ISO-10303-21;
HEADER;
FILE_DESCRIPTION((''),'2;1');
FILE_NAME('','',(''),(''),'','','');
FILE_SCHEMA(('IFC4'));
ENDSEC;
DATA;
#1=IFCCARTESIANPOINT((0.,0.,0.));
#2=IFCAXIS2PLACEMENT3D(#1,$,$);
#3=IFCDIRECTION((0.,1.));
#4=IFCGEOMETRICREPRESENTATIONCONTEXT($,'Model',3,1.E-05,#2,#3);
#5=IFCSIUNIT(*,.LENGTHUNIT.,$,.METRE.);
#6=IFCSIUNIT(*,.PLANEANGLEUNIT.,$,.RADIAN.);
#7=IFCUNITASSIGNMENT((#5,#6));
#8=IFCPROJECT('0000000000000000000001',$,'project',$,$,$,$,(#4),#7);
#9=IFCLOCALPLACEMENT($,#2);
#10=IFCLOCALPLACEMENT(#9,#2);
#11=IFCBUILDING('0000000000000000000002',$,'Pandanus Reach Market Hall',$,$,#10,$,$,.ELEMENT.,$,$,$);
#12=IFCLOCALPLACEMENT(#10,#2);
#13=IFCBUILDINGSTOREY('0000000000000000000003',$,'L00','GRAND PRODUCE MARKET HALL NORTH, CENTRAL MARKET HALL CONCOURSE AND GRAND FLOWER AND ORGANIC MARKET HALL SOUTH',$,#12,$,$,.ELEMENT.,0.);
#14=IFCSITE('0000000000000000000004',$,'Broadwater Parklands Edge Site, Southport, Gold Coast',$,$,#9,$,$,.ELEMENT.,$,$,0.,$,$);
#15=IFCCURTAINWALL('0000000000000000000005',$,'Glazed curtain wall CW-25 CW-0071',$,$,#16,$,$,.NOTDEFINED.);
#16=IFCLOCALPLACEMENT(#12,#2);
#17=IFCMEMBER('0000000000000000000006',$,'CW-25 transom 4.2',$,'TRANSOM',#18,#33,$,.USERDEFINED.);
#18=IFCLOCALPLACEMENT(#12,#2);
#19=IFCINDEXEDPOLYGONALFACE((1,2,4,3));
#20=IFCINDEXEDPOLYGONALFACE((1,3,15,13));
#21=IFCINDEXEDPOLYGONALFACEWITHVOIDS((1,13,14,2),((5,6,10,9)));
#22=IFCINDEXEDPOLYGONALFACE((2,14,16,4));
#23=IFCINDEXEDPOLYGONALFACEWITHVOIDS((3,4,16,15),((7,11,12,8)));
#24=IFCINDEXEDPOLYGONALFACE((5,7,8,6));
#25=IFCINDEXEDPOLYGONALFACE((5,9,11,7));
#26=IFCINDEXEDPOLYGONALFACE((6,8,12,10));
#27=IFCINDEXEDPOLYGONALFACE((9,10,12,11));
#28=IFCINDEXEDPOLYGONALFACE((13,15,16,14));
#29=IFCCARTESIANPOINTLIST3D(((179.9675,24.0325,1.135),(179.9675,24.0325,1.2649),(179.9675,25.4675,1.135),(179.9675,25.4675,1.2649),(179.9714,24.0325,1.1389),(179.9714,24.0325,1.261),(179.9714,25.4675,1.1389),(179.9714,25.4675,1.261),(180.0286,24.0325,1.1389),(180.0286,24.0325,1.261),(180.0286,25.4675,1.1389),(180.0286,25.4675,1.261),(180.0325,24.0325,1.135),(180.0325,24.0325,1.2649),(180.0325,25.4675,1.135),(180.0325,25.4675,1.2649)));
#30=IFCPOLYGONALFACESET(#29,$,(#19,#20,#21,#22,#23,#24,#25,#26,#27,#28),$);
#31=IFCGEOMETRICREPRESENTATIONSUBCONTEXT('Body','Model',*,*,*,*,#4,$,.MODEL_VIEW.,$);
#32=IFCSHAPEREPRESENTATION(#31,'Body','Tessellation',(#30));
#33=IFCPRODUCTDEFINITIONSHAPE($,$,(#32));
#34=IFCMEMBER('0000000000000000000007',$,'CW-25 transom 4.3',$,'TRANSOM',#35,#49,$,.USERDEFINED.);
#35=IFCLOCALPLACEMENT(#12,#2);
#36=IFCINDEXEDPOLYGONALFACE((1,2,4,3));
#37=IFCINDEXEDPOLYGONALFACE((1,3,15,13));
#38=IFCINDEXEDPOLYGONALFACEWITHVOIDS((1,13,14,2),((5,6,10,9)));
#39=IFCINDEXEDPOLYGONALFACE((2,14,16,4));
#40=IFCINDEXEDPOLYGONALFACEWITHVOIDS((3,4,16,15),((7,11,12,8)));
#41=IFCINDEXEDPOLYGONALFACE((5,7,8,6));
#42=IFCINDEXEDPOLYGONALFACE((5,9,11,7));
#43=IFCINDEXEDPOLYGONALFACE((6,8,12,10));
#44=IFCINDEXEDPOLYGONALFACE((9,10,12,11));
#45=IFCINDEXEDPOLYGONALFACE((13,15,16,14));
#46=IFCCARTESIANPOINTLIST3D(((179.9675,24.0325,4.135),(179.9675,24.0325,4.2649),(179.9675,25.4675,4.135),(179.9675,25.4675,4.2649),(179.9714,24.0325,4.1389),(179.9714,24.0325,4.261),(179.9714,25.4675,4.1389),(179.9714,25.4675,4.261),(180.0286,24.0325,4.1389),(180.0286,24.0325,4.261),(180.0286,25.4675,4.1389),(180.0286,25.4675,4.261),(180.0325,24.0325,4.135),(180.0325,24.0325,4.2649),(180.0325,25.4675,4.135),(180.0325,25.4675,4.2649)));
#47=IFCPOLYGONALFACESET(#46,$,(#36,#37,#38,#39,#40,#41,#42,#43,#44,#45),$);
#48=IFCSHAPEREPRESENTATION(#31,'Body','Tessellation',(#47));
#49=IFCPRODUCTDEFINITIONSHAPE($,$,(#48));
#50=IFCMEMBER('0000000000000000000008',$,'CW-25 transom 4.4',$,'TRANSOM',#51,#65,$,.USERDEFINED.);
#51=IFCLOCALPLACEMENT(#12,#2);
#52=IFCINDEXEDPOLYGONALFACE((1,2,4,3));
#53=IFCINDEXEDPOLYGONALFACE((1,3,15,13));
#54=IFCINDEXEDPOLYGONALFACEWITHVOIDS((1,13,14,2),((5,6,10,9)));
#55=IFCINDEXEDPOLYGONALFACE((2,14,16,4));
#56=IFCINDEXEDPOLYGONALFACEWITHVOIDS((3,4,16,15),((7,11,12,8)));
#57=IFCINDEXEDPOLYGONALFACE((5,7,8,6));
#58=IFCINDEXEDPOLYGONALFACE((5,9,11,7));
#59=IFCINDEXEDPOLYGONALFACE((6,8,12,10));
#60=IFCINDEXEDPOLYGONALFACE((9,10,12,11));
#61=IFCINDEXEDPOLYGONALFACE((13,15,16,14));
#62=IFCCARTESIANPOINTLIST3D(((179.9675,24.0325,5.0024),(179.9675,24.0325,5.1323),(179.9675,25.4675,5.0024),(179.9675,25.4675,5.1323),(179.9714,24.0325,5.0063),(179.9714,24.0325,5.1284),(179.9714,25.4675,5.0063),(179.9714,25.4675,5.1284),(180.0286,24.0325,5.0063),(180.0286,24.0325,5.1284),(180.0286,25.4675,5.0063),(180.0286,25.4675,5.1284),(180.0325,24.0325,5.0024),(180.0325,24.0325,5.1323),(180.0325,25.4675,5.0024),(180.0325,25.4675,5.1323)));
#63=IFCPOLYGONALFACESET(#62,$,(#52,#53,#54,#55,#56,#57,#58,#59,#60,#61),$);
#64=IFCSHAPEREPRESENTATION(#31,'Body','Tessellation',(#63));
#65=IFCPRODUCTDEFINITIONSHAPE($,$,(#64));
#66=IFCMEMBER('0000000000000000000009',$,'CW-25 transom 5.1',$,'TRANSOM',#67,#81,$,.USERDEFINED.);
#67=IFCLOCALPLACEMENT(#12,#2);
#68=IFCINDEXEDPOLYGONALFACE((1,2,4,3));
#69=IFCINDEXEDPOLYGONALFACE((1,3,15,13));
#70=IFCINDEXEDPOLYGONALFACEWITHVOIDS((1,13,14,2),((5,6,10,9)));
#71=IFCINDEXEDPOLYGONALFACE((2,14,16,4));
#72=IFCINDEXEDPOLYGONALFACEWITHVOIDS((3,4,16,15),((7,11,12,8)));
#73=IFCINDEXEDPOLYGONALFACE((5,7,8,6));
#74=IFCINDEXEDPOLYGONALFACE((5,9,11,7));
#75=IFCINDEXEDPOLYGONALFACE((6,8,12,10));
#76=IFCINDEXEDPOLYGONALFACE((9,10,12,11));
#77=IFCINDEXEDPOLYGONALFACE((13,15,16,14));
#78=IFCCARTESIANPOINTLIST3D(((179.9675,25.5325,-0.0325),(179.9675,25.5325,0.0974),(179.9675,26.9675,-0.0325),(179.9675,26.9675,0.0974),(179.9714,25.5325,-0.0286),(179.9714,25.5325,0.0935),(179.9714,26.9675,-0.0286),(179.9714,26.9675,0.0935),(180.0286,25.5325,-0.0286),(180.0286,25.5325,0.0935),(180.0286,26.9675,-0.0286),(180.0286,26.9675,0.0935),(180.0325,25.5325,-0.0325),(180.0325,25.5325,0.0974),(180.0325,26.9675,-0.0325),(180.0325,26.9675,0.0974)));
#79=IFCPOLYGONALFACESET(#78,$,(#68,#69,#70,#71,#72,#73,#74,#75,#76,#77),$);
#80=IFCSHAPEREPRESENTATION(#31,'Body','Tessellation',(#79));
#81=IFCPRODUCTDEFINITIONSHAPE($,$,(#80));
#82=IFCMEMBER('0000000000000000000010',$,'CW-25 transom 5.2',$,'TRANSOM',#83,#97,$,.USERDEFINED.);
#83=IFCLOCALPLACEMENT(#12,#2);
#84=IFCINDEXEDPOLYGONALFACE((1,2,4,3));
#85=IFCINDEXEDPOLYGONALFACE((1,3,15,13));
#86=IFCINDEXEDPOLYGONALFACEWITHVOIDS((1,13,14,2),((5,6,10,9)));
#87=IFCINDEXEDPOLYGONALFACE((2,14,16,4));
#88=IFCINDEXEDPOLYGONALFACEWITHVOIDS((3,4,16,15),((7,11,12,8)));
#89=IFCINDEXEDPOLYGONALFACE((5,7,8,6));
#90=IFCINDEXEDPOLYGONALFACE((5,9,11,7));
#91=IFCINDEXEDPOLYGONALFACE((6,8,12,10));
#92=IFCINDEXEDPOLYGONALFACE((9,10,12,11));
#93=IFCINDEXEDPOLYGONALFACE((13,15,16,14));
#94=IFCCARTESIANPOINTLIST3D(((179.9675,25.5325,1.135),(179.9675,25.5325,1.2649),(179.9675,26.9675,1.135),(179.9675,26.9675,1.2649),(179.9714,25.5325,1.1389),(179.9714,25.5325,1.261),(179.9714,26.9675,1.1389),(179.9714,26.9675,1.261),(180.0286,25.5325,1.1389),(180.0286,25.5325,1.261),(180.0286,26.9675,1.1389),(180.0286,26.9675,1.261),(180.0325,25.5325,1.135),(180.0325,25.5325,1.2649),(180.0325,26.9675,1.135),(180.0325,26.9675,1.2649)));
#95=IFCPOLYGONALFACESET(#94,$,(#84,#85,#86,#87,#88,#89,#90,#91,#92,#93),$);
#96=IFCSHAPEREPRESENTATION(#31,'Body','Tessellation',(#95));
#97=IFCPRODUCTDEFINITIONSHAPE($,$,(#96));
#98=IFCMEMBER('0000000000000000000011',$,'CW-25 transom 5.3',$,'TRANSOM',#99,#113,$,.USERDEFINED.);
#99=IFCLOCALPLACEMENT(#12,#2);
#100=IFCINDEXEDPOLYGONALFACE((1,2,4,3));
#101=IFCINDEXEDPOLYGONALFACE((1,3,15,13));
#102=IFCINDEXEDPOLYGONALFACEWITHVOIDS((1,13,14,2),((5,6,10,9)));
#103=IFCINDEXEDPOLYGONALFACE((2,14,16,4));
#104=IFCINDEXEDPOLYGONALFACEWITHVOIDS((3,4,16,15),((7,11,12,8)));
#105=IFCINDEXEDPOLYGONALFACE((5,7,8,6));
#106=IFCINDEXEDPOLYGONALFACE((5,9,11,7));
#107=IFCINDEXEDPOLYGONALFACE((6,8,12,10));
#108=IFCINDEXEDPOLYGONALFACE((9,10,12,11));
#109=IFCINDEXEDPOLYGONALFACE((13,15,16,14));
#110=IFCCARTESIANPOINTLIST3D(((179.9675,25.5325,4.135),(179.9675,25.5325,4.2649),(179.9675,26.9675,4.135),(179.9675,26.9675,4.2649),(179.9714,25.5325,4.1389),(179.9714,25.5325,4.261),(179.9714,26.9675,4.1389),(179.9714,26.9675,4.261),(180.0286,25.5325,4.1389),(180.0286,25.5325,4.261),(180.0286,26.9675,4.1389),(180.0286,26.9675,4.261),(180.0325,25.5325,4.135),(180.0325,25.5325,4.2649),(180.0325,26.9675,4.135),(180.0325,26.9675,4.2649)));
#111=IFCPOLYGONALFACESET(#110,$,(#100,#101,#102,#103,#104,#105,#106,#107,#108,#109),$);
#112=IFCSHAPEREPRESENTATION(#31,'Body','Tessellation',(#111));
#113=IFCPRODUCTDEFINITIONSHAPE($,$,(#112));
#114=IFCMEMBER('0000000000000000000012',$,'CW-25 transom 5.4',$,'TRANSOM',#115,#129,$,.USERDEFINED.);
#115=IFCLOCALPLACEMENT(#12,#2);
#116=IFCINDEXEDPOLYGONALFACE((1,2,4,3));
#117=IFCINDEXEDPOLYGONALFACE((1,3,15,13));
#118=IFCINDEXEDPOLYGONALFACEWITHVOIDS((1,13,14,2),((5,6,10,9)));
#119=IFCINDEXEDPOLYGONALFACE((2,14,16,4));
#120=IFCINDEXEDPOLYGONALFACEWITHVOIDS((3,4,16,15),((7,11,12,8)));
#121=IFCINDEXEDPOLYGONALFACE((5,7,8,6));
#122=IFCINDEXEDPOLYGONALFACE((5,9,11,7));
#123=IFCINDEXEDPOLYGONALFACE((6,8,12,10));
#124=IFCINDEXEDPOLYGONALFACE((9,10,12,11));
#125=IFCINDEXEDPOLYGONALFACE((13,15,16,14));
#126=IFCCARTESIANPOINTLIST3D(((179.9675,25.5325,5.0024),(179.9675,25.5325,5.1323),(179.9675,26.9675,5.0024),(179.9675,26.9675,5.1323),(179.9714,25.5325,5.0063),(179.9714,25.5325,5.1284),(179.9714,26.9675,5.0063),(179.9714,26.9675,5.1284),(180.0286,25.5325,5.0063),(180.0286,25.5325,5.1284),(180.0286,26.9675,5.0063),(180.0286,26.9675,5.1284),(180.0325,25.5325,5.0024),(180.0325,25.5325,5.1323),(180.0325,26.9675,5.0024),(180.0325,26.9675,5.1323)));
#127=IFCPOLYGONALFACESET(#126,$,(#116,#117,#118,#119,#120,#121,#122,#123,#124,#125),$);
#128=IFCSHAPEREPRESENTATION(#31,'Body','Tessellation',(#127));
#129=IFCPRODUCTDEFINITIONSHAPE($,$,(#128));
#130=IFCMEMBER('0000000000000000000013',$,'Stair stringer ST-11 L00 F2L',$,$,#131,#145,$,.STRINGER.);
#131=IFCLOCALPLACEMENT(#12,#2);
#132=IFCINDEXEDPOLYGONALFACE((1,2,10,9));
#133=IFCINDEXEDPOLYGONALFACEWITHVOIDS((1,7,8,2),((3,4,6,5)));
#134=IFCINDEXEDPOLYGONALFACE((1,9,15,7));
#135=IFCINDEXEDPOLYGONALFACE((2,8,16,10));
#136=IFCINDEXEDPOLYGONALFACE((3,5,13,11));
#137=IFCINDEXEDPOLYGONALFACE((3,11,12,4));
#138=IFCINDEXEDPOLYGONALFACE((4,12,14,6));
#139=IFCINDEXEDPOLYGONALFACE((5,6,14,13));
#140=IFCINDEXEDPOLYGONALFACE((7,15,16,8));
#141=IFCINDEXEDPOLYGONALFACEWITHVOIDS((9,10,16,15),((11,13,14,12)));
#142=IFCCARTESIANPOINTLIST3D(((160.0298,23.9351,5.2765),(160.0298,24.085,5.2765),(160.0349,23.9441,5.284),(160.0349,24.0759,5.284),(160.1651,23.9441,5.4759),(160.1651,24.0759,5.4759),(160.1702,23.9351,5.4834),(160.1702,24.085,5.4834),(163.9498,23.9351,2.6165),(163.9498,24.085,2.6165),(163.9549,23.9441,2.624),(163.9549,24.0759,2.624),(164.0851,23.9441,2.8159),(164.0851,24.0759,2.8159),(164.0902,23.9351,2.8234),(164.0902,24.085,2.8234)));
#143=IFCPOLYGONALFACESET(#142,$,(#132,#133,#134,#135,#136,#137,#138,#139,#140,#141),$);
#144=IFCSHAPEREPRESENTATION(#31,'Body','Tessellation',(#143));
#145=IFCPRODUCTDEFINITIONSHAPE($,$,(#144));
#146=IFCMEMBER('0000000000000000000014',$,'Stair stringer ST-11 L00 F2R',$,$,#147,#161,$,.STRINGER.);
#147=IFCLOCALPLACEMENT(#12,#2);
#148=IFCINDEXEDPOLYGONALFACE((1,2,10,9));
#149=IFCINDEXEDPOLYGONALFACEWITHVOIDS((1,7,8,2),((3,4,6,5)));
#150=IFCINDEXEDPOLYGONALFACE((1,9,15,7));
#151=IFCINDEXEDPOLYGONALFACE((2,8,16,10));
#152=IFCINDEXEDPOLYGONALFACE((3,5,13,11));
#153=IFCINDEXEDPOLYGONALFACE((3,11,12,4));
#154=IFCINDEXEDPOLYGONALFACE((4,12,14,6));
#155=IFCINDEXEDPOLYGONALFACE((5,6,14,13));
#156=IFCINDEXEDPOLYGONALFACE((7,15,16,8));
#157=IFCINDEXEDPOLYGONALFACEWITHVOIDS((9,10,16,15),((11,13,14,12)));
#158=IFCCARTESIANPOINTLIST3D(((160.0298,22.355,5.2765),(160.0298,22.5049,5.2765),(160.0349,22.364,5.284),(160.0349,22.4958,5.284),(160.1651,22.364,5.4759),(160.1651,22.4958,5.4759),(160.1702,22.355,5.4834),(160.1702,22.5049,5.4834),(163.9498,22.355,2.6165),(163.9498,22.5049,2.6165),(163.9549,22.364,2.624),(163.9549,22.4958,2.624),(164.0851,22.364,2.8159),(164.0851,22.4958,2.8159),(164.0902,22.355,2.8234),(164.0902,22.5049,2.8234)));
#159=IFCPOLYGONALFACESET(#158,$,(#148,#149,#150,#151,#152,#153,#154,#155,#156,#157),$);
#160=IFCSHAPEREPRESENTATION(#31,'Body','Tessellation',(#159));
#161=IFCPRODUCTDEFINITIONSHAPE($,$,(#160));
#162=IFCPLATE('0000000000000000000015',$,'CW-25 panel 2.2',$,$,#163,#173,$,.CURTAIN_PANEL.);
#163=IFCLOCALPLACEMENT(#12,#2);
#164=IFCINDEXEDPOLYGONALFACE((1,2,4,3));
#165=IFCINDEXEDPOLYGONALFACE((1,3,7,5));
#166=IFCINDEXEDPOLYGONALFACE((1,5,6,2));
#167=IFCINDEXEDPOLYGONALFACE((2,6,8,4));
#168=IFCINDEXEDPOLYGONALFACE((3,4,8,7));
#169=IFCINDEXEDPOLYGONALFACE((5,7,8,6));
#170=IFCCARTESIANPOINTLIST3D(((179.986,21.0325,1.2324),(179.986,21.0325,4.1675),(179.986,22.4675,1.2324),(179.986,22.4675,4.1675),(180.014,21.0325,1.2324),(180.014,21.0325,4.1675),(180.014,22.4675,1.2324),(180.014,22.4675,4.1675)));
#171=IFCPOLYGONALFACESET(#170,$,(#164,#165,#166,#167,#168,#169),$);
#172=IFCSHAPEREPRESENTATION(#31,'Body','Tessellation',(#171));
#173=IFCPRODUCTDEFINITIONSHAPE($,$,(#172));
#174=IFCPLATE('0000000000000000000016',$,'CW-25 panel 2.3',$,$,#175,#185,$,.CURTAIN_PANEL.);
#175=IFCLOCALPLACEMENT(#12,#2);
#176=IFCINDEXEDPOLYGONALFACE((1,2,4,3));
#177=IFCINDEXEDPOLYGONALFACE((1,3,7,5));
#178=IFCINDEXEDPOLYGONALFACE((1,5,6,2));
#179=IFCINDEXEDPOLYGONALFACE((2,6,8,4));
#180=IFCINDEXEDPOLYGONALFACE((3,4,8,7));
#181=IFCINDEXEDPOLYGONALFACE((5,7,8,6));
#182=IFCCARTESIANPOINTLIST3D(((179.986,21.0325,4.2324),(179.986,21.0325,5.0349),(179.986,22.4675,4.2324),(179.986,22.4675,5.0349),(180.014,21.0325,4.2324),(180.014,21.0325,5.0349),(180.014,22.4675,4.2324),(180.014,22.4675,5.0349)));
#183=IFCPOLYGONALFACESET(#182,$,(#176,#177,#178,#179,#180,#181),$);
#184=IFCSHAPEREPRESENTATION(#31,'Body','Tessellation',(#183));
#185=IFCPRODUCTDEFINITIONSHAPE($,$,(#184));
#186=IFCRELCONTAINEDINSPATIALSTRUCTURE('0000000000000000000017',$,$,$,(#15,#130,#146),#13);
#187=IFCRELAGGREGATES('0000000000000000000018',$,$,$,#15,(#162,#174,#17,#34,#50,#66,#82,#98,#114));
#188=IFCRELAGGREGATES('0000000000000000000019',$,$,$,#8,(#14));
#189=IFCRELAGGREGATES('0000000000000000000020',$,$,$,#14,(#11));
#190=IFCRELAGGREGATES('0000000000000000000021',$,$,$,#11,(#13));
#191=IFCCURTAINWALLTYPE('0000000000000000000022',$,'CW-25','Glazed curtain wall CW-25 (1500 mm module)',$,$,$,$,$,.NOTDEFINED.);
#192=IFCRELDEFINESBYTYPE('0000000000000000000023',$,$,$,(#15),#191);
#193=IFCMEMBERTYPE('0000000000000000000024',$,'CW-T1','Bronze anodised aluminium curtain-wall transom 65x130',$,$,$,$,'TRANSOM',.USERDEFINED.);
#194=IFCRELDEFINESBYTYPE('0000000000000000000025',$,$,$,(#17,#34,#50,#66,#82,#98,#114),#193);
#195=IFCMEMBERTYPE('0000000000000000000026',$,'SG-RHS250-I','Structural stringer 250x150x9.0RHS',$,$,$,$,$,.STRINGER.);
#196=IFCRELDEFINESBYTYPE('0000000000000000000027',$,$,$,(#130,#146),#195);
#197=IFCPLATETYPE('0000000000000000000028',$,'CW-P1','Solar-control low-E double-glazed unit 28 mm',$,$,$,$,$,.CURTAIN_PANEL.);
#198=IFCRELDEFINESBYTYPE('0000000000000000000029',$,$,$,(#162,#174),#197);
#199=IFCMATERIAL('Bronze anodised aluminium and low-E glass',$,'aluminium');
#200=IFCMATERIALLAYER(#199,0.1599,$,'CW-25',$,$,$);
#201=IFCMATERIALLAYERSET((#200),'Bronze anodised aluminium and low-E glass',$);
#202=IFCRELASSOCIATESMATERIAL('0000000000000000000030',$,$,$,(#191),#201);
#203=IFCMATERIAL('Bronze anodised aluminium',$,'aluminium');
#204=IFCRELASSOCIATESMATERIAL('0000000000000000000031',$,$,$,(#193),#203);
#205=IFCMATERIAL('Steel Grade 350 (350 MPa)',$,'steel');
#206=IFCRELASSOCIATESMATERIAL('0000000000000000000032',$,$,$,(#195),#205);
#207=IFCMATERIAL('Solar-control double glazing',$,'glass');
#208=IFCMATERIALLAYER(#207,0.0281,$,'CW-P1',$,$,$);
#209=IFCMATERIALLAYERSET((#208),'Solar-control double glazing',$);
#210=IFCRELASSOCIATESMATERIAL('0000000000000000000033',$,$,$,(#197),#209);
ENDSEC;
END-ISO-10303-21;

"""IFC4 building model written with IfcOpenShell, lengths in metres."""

from ifc_helpers import new_model, si_unit, direction, frame, origin, origin_2d, place, context, subcontext, project, spatial, rectangle, hollow_rectangle, extrude, material, layer, layer_set, material_profile, profile_set, type_object, element, aggregate, save


model = new_model("IFC4")

# Units and contexts
model_context = context("Model", 3, precision=1e-05, world=origin(), true_north=direction((0.0, 1.0)))
body_context = subcontext(model_context, "Body", "Model", "MODEL_VIEW")
ifc_project = project(units=[si_unit("LENGTHUNIT", "METRE"), si_unit("PLANEANGLEUNIT", "RADIAN")], contexts=[model_context])

# Site, building, storey
site_placement = place(None, origin())
site = spatial("IfcSite", under=ifc_project, at=site_placement, Name="Broadwater Parklands Edge Site, Southport, Gold Coast", CompositionType="ELEMENT", RefElevation=0.0)
building_placement = place(site_placement, origin())
building = spatial("IfcBuilding", under=site, at=building_placement, Name="Pandanus Reach Market Hall", CompositionType="ELEMENT")
storey_placement = place(building_placement, origin())
storey = spatial("IfcBuildingStorey", under=building, at=storey_placement, Name="L00", Description="GRAND PRODUCE MARKET HALL NORTH, CENTRAL MARKET HALL CONCOURSE AND GRAND FLOWER AND ORGANIC MARKET HALL SOUTH", CompositionType="ELEMENT", Elevation=0.0)

# Shared definitions
ifc_material_1 = material(Name="Steel Grade 350 (350 MPa)", Category="steel")

# Curtain wall, members
ifc_material_2 = material(Name="Bronze anodised aluminium and low-E glass", Category="aluminium")
ifc_layer_1 = layer(ifc_material_2, 0.1599, Name="CW-25")
ifc_layer_set_1 = layer_set([ifc_layer_1], Name="Bronze anodised aluminium and low-E glass")
curtain_wall_type = type_object("IfcCurtainWallType", Name="CW-25", Description="Glazed curtain wall CW-25 (1500 mm module)", PredefinedType="NOTDEFINED", material=ifc_layer_set_1)
curtain_wall_placement = place(storey_placement, origin())
curtain_wall = element("IfcCurtainWall", 1, at=curtain_wall_placement, inside=storey, type_object=curtain_wall_type, Name="Glazed curtain wall CW-25 CW-0071", PredefinedType="NOTDEFINED")
ifc_material_3 = material(Name="Bronze anodised aluminium", Category="aluminium")
ifc_material_profile_1 = material_profile(ifc_material_3, hollow_rectangle(XDim=0.0649, YDim=0.1299, WallThickness=0.0039, at=origin_2d()), Name="ALU65x130", Category="LoadBearing")
ifc_profile_set_1 = profile_set([ifc_material_profile_1], Name="Bronze anodised aluminium")
member_type_1 = type_object("IfcMemberType", Name="CW-T1", Description="Bronze anodised aluminium curtain-wall transom 65x130", ElementType="TRANSOM", PredefinedType="USERDEFINED", material=ifc_profile_set_1)
member_1_placement = place(storey_placement, frame((180.0, 24.0325, 1.2), z_axis=(0.0, 1.0, 0.0), x_axis=(-1.0, 0.0, 0.0)))
member_1 = element("IfcMember", 2, at=member_1_placement, type_object=member_type_1, Name="CW-25 transom 4.2", ObjectType="TRANSOM", PredefinedType="USERDEFINED", context=body_context, shape_type="SweptSolid", body=[
    extrude(hollow_rectangle(XDim=0.0649, YDim=0.1299, WallThickness=0.0039, at=origin_2d()), origin(), (0.0, 0.0, 1.0), 1.4351),
])
member_2_placement = place(storey_placement, frame((180.0, 24.0325, 4.2), z_axis=(0.0, 1.0, 0.0), x_axis=(-1.0, 0.0, 0.0)))
member_2 = element("IfcMember", 3, at=member_2_placement, type_object=member_type_1, Name="CW-25 transom 4.3", ObjectType="TRANSOM", PredefinedType="USERDEFINED", context=body_context, shape_type="SweptSolid", body=[
    extrude(hollow_rectangle(XDim=0.0649, YDim=0.1299, WallThickness=0.0039, at=origin_2d()), origin(), (0.0, 0.0, 1.0), 1.4351),
])
member_3_placement = place(storey_placement, frame((180.0, 24.0325, 5.0674), z_axis=(0.0, 1.0, 0.0), x_axis=(-1.0, 0.0, 0.0)))
member_3 = element("IfcMember", 4, at=member_3_placement, type_object=member_type_1, Name="CW-25 transom 4.4", ObjectType="TRANSOM", PredefinedType="USERDEFINED", context=body_context, shape_type="SweptSolid", body=[
    extrude(hollow_rectangle(XDim=0.0649, YDim=0.1299, WallThickness=0.0039, at=origin_2d()), origin(), (0.0, 0.0, 1.0), 1.4351),
])
member_4_placement = place(storey_placement, frame((180.0, 25.5325, 0.0325), z_axis=(0.0, 1.0, 0.0), x_axis=(-1.0, 0.0, 0.0)))
member_4 = element("IfcMember", 5, at=member_4_placement, type_object=member_type_1, Name="CW-25 transom 5.1", ObjectType="TRANSOM", PredefinedType="USERDEFINED", context=body_context, shape_type="SweptSolid", body=[
    extrude(hollow_rectangle(XDim=0.0649, YDim=0.1299, WallThickness=0.0039, at=origin_2d()), origin(), (0.0, 0.0, 1.0), 1.4351),
])
member_5_placement = place(storey_placement, frame((180.0, 25.5325, 1.2), z_axis=(0.0, 1.0, 0.0), x_axis=(-1.0, 0.0, 0.0)))
member_5 = element("IfcMember", 6, at=member_5_placement, type_object=member_type_1, Name="CW-25 transom 5.2", ObjectType="TRANSOM", PredefinedType="USERDEFINED", context=body_context, shape_type="SweptSolid", body=[
    extrude(hollow_rectangle(XDim=0.0649, YDim=0.1299, WallThickness=0.0039, at=origin_2d()), origin(), (0.0, 0.0, 1.0), 1.4351),
])
member_6_placement = place(storey_placement, frame((180.0, 25.5325, 4.2), z_axis=(0.0, 1.0, 0.0), x_axis=(-1.0, 0.0, 0.0)))
member_6 = element("IfcMember", 7, at=member_6_placement, type_object=member_type_1, Name="CW-25 transom 5.3", ObjectType="TRANSOM", PredefinedType="USERDEFINED", context=body_context, shape_type="SweptSolid", body=[
    extrude(hollow_rectangle(XDim=0.0649, YDim=0.1299, WallThickness=0.0039, at=origin_2d()), origin(), (0.0, 0.0, 1.0), 1.4351),
])
member_7_placement = place(storey_placement, frame((180.0, 25.5325, 5.0674), z_axis=(0.0, 1.0, 0.0), x_axis=(-1.0, 0.0, 0.0)))
member_7 = element("IfcMember", 8, at=member_7_placement, type_object=member_type_1, Name="CW-25 transom 5.4", ObjectType="TRANSOM", PredefinedType="USERDEFINED", context=body_context, shape_type="SweptSolid", body=[
    extrude(hollow_rectangle(XDim=0.0649, YDim=0.1299, WallThickness=0.0039, at=origin_2d()), origin(), (0.0, 0.0, 1.0), 1.4351),
])

# Members
ifc_material_profile_2 = material_profile(ifc_material_1, hollow_rectangle(XDim=0.1499, YDim=0.25, WallThickness=0.009, at=origin_2d()), Name="250x150x9.0RHS", Category="LoadBearing")
ifc_profile_set_2 = profile_set([ifc_material_profile_2], Name="Steel Grade 350 (350 MPa)")
member_type_2 = type_object("IfcMemberType", Name="SG-RHS250-I", Description="Structural stringer 250x150x9.0RHS", PredefinedType="STRINGER", material=ifc_profile_set_2)
for number, where, z_axis, x_axis, name in (
    (9, (164.02, 24.01, 2.72), (-0.827479, 0.0, 0.561496), (0.0, -1.0, 0.0), "Stair stringer ST-11 L00 F2L"),
    (10, (164.02, 22.4299, 2.72), (-0.827479, 0.0, 0.561496), (0.0, -1.0, 0.0), "Stair stringer ST-11 L00 F2R"),
):
    element("IfcMember", number, at=place(storey_placement, frame(where, z_axis=z_axis, x_axis=x_axis)), inside=storey, type_object=member_type_2, Name=name, PredefinedType="STRINGER", context=body_context, shape_type="SweptSolid", body=[
        extrude(hollow_rectangle(XDim=0.1499, YDim=0.25, WallThickness=0.009, at=origin_2d()), origin(), (0.0, 0.0, 1.0), 4.7373),
    ])

# Plates
ifc_material_4 = material(Name="Solar-control double glazing", Category="glass")
ifc_layer_2 = layer(ifc_material_4, 0.0281, Name="CW-P1")
ifc_layer_set_2 = layer_set([ifc_layer_2], Name="Solar-control double glazing")
plate_type = type_object("IfcPlateType", Name="CW-P1", Description="Solar-control low-E double-glazed unit 28 mm", PredefinedType="CURTAIN_PANEL", material=ifc_layer_set_2)
plate_1_placement = place(storey_placement, frame((180.0, 21.75, 1.2324), z_axis=(0.0, 0.0, 1.0), x_axis=(0.0, 1.0, 0.0)))
plate_1 = element("IfcPlate", 11, at=plate_1_placement, type_object=plate_type, Name="CW-25 panel 2.2", PredefinedType="CURTAIN_PANEL", context=body_context, shape_type="SweptSolid", body=[
    extrude(rectangle(XDim=1.4351, YDim=0.0281, at=origin_2d()), origin(), (0.0, 0.0, 1.0), 2.9351),
])
plate_2_placement = place(storey_placement, frame((180.0, 21.75, 4.2324), z_axis=(0.0, 0.0, 1.0), x_axis=(0.0, 1.0, 0.0)))
plate_2 = element("IfcPlate", 12, at=plate_2_placement, type_object=plate_type, Name="CW-25 panel 2.3", PredefinedType="CURTAIN_PANEL", context=body_context, shape_type="SweptSolid", body=[
    extrude(rectangle(XDim=1.4351, YDim=0.0281, at=origin_2d()), origin(), (0.0, 0.0, 1.0), 0.8025),
])
aggregate(curtain_wall, [plate_1, plate_2, member_1, member_2, member_3, member_4, member_5, member_6, member_7])

save(model, "model.ifc")
